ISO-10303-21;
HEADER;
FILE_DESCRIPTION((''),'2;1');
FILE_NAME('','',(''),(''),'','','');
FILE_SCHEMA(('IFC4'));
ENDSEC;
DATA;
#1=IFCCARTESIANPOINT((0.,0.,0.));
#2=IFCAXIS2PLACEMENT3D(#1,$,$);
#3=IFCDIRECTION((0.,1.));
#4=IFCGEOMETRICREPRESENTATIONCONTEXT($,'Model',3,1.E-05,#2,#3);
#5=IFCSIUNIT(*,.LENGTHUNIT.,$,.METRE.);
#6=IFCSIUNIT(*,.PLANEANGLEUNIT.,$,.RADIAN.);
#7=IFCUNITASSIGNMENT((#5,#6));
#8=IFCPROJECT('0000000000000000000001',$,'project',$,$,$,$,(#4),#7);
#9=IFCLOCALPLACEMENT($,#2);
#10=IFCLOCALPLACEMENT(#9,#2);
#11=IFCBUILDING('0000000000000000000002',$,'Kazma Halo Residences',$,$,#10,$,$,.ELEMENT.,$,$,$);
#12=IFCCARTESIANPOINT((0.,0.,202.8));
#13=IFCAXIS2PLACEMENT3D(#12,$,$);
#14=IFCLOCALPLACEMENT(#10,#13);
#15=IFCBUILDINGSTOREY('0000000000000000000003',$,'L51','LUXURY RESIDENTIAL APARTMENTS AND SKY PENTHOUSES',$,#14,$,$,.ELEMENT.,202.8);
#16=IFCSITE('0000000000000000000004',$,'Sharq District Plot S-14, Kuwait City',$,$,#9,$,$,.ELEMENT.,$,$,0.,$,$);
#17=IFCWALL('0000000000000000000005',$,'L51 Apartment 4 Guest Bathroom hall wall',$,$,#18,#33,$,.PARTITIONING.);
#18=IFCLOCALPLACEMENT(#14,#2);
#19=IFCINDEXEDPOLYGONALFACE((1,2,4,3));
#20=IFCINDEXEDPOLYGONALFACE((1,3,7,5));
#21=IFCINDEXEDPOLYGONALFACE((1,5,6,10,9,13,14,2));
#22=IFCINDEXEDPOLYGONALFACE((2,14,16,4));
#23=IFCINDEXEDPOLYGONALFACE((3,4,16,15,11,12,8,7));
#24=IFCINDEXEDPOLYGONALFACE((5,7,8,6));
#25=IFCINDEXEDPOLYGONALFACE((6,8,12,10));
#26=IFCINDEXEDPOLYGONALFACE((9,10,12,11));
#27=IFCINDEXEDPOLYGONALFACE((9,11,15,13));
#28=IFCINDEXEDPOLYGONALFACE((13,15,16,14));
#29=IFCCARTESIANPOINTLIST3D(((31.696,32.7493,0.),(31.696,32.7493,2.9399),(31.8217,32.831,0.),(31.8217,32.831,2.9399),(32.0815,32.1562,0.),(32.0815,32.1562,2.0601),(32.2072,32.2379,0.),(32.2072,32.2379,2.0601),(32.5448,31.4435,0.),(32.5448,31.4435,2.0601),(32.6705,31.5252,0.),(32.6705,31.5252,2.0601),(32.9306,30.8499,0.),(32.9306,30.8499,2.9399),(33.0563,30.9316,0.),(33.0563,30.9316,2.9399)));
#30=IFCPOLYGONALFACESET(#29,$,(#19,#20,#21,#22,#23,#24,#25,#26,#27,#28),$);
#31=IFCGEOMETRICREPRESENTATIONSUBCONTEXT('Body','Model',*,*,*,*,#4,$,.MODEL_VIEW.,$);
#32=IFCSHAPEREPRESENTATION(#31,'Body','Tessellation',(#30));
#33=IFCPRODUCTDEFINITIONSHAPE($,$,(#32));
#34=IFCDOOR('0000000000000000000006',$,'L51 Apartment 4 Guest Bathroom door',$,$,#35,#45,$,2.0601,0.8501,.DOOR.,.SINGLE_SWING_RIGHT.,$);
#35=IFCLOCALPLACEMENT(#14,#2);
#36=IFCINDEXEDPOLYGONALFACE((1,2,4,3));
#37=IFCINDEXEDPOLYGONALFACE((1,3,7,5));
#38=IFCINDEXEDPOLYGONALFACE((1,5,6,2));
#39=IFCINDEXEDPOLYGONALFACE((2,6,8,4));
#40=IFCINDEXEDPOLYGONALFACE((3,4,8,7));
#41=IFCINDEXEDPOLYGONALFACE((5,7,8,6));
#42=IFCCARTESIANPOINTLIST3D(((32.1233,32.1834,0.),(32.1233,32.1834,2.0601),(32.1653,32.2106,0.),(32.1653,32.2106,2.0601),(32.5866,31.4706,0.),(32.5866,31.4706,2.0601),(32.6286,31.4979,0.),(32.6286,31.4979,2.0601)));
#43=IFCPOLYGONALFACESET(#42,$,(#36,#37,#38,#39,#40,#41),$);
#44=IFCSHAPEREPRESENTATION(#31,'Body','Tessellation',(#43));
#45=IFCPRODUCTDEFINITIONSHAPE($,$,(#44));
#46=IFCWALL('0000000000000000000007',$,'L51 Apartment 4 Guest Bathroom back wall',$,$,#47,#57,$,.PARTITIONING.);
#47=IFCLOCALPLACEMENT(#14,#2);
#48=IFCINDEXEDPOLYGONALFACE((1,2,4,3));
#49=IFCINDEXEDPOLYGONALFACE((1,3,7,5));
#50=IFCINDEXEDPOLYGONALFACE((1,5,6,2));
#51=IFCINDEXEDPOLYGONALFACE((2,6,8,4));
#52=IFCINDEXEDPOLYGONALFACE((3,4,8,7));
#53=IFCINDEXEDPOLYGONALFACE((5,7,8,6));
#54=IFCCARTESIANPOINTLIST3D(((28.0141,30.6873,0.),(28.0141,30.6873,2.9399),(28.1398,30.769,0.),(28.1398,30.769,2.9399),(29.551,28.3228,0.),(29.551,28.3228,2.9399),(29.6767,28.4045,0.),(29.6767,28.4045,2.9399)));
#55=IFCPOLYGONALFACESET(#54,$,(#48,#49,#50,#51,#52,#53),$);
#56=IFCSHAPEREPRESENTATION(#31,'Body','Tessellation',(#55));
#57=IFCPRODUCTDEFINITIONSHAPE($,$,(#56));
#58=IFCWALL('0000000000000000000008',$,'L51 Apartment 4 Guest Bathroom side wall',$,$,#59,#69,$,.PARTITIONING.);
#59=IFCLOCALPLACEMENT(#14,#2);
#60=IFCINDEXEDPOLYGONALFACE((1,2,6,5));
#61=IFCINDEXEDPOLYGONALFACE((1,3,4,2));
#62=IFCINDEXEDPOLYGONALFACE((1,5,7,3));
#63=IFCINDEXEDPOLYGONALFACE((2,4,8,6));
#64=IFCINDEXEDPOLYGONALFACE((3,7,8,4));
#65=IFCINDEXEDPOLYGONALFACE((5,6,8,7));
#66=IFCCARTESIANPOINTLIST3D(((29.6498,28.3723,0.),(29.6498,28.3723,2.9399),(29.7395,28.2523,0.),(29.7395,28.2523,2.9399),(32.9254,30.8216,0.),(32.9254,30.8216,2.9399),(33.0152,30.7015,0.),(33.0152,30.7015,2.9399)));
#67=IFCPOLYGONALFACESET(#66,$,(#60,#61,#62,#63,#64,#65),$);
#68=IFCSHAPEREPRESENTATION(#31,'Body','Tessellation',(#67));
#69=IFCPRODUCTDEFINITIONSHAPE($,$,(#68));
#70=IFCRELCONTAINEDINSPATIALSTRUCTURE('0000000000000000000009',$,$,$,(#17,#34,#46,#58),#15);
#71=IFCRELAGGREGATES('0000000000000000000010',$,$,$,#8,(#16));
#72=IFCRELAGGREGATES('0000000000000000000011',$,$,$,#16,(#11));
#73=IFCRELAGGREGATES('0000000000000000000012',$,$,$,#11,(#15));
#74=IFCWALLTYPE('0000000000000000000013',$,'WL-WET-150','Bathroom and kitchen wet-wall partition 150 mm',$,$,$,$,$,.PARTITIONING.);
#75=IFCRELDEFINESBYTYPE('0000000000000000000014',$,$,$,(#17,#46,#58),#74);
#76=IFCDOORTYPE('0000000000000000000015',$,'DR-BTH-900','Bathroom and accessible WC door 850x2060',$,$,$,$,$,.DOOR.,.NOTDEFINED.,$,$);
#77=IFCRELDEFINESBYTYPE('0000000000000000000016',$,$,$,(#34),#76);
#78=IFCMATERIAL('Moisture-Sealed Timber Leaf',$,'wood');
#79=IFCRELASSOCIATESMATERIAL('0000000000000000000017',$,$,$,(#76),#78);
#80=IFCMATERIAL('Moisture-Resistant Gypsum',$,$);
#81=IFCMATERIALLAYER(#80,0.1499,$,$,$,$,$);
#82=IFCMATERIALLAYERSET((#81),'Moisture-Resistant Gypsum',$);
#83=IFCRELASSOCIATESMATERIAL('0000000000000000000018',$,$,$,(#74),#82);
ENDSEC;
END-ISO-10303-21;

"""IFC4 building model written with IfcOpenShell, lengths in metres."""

from ifc_helpers import new_model, si_unit, direction, frame, frame_2d, origin, place, context, subcontext, project, spatial, rectangle, extrude, material, layer, layer_set, type_object, element, fill, save


model = new_model("IFC4")

# Units and contexts
model_context = context("Model", 3, precision=1e-05, world=origin(), true_north=direction((0.0, 1.0)))
body_context = subcontext(model_context, "Body", "Model", "MODEL_VIEW")
ifc_project = project(units=[si_unit("LENGTHUNIT", "METRE"), si_unit("PLANEANGLEUNIT", "RADIAN")], contexts=[model_context])

# Site, building, storey
site_placement = place(None, origin())
site = spatial("IfcSite", under=ifc_project, at=site_placement, Name="Sharq District Plot S-14, Kuwait City", CompositionType="ELEMENT", RefElevation=0.0)
building_placement = place(site_placement, origin())
building = spatial("IfcBuilding", under=site, at=building_placement, Name="Kazma Halo Residences", CompositionType="ELEMENT")
storey_placement = place(building_placement, frame((0.0, 0.0, 202.8)))
storey = spatial("IfcBuildingStorey", under=building, at=storey_placement, Name="L51", Description="LUXURY RESIDENTIAL APARTMENTS AND SKY PENTHOUSES", CompositionType="ELEMENT", Elevation=202.8)

# Wall, opening, door
ifc_material_1 = material(Name="Moisture-Sealed Timber Leaf", Category="wood")
door_type = type_object("IfcDoorType", Name="DR-BTH-900", Description="Bathroom and accessible WC door 850x2060", OperationType="NOTDEFINED", PredefinedType="DOOR", material=ifc_material_1)
ifc_material_2 = material(Name="Moisture-Resistant Gypsum")
ifc_layer_1 = layer(ifc_material_2, 0.1499)
ifc_layer_set_1 = layer_set([ifc_layer_1], Name="Moisture-Resistant Gypsum")
wall_type_1 = type_object("IfcWallType", Name="WL-WET-150", Description="Bathroom and kitchen wet-wall partition 150 mm", PredefinedType="PARTITIONING", material=ifc_layer_set_1)
wall_1_placement = place(storey_placement, frame((31.7588, 32.7903, 0.0), z_axis=(0.0, 0.0, 1.0), x_axis=(0.544988, -0.838444, 0.0)))
wall_1 = element("IfcWall", 1, at=wall_1_placement, inside=storey, type_object=wall_type_1, Name="L51 Apartment 4 Guest Bathroom hall wall", PredefinedType="PARTITIONING", context=body_context, shape_type="SweptSolid", body=[
    extrude(rectangle(XDim=2.2654, YDim=0.1499, at=frame_2d((1.1328, 0.0))), origin(), (0.0, 0.0, 1.0), 2.9399),
])
opening_1_placement = place(wall_1_placement, frame((0.7075, 0.0, 0.0)))
opening_1 = element("IfcOpeningElement", 2, at=opening_1_placement, cuts=wall_1, PredefinedType="OPENING", context=body_context, shape_type="SweptSolid", body=[
    extrude(rectangle(XDim=0.8501, YDim=2.0601, at=frame_2d((0.425, 1.03))), frame((0.0, 0.085, 0.0), z_axis=(0.0, -1.0, 0.0), x_axis=(1.0, 0.0, 0.0)), (0.0, 0.0, 1.0), 0.1699),
])
door_1_placement = place(opening_1_placement, origin())
door_1 = element("IfcDoor", 3, at=door_1_placement, inside=storey, type_object=door_type, Name="L51 Apartment 4 Guest Bathroom door", OperationType="SINGLE_SWING_RIGHT", OverallHeight=2.0601, OverallWidth=0.8501, PredefinedType="DOOR", context=body_context, shape_type="SweptSolid", body=[
    extrude(rectangle(XDim=0.8501, YDim=2.0601, at=frame_2d((0.425, 1.03))), frame((0.0, 0.0249, 0.0), z_axis=(0.0, -1.0, 0.0), x_axis=(1.0, 0.0, 0.0)), (0.0, 0.0, 1.0), 0.05),
])
fill(opening_1, door_1)

# Walls
wall_2_placement = place(storey_placement, frame((28.0769, 30.7283, 0.0), z_axis=(0.0, 0.0, 1.0), x_axis=(0.544973, -0.838454, 0.0)))
element("IfcWall", 4, at=wall_2_placement, inside=storey, type_object=wall_type_1, Name="L51 Apartment 4 Guest Bathroom back wall", PredefinedType="PARTITIONING", context=body_context, shape_type="SweptSolid", body=[
    extrude(rectangle(XDim=2.8201, YDim=0.1499, at=frame_2d((1.4102, 0.0))), origin(), (0.0, 0.0, 1.0), 2.9399),
])
wall_3_placement = place(storey_placement, frame((32.9702, 30.7615, 0.0), z_axis=(0.0, 0.0, 1.0), x_axis=(-0.80088, -0.598825, 0.0)))
element("IfcWall", 5, at=wall_3_placement, inside=storey, type_object=wall_type_1, Name="L51 Apartment 4 Guest Bathroom side wall", PredefinedType="PARTITIONING", context=body_context, shape_type="SweptSolid", body=[
    extrude(rectangle(XDim=4.0901, YDim=0.1499, at=frame_2d((2.0449, 0.0))), origin(), (0.0, 0.0, 1.0), 2.9399),
])

save(model, "model.ifc")
